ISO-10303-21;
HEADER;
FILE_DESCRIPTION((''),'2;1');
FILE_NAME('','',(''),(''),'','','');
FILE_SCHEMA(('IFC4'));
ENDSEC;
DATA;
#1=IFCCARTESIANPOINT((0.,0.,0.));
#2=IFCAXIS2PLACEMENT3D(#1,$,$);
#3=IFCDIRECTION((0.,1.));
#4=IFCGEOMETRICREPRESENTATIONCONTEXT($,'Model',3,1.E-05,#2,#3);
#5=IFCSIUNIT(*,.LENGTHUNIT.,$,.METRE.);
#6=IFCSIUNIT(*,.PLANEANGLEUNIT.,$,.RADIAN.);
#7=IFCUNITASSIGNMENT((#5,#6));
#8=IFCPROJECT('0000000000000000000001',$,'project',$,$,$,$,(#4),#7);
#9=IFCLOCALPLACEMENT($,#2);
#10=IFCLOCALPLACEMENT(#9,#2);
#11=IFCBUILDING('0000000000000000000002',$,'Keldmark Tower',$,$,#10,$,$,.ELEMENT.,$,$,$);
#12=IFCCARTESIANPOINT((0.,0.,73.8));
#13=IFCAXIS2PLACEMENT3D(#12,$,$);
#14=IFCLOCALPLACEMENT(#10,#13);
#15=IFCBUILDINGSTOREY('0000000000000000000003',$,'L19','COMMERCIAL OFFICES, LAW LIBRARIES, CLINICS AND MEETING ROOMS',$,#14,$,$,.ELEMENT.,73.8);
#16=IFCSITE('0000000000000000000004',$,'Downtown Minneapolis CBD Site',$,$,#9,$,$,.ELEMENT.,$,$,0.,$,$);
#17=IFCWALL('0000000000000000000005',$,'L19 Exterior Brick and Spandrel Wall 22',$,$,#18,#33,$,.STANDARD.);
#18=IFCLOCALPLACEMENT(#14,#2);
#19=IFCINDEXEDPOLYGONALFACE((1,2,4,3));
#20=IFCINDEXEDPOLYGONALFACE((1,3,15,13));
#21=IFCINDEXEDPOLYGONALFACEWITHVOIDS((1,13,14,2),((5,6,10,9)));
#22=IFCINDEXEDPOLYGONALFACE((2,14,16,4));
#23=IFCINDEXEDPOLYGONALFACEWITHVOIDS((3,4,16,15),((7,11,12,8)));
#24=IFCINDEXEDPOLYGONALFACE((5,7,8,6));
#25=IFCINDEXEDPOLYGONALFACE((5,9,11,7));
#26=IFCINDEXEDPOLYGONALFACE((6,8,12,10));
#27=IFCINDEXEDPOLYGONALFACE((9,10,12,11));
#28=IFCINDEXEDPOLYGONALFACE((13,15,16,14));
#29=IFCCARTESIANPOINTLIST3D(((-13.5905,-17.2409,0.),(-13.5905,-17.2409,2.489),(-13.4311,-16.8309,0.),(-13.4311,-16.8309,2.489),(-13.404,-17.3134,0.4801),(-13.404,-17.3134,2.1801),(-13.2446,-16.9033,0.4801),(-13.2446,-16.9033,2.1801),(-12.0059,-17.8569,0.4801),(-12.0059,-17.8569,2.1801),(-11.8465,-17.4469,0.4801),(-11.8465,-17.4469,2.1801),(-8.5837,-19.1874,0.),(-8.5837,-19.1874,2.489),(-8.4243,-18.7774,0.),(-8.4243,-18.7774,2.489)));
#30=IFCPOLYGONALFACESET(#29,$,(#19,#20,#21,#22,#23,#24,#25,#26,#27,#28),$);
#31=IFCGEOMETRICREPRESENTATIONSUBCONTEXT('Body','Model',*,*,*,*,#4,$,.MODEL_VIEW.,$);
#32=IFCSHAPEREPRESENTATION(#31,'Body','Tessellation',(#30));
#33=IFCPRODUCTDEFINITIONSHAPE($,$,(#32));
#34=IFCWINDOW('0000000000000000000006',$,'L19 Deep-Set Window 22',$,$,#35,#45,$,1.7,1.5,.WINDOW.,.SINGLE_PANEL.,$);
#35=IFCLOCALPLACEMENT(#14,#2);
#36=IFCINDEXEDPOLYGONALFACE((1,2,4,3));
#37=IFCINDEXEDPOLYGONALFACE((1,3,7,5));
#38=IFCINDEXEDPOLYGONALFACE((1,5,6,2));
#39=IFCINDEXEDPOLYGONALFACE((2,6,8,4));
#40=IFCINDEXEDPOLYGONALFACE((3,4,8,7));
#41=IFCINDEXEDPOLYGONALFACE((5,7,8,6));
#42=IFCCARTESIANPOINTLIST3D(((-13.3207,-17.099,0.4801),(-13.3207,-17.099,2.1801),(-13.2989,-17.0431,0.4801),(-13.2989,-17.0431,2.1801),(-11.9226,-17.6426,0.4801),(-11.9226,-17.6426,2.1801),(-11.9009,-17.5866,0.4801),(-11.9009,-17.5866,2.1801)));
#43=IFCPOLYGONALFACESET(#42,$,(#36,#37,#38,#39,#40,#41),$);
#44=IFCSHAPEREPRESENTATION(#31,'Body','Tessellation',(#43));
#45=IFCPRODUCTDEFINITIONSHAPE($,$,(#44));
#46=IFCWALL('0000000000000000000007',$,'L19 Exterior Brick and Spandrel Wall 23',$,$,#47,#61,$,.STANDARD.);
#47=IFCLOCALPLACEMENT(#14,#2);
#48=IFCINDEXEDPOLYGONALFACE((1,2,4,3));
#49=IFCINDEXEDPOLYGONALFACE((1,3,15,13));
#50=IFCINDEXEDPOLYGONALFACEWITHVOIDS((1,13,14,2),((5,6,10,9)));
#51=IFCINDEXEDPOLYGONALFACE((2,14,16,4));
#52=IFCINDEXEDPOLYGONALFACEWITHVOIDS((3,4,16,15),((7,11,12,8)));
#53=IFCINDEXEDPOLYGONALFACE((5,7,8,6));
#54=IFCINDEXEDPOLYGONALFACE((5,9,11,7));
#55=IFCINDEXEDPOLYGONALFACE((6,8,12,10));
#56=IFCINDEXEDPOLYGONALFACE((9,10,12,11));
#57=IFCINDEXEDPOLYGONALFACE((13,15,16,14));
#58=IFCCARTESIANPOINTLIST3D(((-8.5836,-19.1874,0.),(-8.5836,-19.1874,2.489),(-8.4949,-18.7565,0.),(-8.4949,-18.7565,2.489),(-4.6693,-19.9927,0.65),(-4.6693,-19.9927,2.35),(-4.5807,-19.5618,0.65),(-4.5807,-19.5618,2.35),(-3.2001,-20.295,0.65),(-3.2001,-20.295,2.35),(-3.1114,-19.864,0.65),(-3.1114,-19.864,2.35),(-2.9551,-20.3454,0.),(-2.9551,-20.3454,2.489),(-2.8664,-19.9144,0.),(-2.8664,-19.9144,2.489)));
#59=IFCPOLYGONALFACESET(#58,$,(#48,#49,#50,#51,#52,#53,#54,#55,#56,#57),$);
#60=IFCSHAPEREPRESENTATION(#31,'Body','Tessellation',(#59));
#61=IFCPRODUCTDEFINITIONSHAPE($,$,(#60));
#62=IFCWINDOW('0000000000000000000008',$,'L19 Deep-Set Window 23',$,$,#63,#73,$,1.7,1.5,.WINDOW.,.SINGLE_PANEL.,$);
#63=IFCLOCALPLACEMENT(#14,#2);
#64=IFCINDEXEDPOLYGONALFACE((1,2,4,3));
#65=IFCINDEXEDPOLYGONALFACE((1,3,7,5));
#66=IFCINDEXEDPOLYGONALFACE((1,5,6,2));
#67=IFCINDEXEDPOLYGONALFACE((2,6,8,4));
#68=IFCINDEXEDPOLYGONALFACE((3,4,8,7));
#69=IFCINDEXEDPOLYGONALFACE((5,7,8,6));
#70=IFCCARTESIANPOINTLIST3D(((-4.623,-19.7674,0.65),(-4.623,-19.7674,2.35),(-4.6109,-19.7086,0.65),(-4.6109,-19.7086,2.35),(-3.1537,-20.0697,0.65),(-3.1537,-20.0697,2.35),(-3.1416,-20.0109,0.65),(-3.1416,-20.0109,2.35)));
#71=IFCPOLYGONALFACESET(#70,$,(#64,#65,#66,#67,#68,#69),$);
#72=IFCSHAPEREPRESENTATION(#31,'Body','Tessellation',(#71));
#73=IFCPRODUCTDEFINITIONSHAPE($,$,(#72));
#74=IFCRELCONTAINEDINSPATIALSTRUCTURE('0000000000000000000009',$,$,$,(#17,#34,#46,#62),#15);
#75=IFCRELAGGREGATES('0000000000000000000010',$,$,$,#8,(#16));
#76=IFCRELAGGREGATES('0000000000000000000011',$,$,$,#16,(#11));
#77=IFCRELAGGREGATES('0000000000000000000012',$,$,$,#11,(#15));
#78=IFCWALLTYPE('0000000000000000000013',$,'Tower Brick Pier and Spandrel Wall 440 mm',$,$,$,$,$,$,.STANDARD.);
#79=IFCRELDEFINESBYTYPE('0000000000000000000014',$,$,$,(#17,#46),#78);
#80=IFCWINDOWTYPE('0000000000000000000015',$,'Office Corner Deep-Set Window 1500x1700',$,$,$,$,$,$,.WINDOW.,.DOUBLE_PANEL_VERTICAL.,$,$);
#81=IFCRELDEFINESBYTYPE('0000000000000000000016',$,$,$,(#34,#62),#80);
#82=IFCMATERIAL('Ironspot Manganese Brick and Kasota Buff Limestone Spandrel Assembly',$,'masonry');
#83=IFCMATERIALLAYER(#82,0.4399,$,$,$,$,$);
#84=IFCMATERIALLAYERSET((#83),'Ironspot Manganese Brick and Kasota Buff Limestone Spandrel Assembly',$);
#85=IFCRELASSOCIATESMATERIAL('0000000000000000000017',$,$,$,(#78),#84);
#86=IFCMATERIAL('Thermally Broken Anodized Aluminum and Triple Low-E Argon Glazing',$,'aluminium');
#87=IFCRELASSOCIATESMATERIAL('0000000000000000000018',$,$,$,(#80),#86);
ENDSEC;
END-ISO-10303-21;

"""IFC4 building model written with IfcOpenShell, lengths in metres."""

from ifc_helpers import new_model, si_unit, direction, frame, frame_2d, origin, place, context, subcontext, project, spatial, rectangle, extrude, material, layer, layer_set, type_object, element, fill, save


model = new_model("IFC4")

# Units and contexts
model_context = context("Model", 3, precision=1e-05, world=origin(), true_north=direction((0.0, 1.0)))
body_context = subcontext(model_context, "Body", "Model", "MODEL_VIEW")
ifc_project = project(units=[si_unit("LENGTHUNIT", "METRE"), si_unit("PLANEANGLEUNIT", "RADIAN")], contexts=[model_context])

# Site, building, storey
site_placement = place(None, origin())
site = spatial("IfcSite", under=ifc_project, at=site_placement, Name="Downtown Minneapolis CBD Site", CompositionType="ELEMENT", RefElevation=0.0)
building_placement = place(site_placement, origin())
building = spatial("IfcBuilding", under=site, at=building_placement, Name="Keldmark Tower", CompositionType="ELEMENT")
storey_placement = place(building_placement, frame((0.0, 0.0, 73.8)))
storey = spatial("IfcBuildingStorey", under=building, at=storey_placement, Name="L19", Description="COMMERCIAL OFFICES, LAW LIBRARIES, CLINICS AND MEETING ROOMS", CompositionType="ELEMENT", Elevation=73.8)

# Walls, openings, windows
ifc_material_1 = material(Name="Ironspot Manganese Brick and Kasota Buff Limestone Spandrel Assembly", Category="masonry")
ifc_layer_1 = layer(ifc_material_1, 0.4399)
ifc_layer_set_1 = layer_set([ifc_layer_1], Name="Ironspot Manganese Brick and Kasota Buff Limestone Spandrel Assembly")
wall_type_1 = type_object("IfcWallType", Name="Tower Brick Pier and Spandrel Wall 440 mm", PredefinedType="STANDARD", material=ifc_layer_set_1)
wall_1_placement = place(storey_placement, frame((-8.5039, -18.9824, 0.0), z_axis=(0.0, 0.0, 1.0), x_axis=(-0.93204, 0.362354, 0.0)))
wall_1 = element("IfcWall", 1, at=wall_1_placement, inside=storey, type_object=wall_type_1, Name="L19 Exterior Brick and Spandrel Wall 22", PredefinedType="STANDARD", context=body_context, shape_type="SweptSolid", body=[
    extrude(rectangle(XDim=5.3718, YDim=0.4399, at=frame_2d((2.686, 0.0))), origin(), (0.0, 0.0, 1.0), 2.489),
])
opening_1_placement = place(wall_1_placement, frame((3.6719, 0.0, 0.48)))
opening_1 = element("IfcOpeningElement", 2, at=opening_1_placement, cuts=wall_1, PredefinedType="OPENING", context=body_context, shape_type="SweptSolid", body=[
    extrude(rectangle(XDim=1.5, YDim=1.7, at=frame_2d((0.75, 0.8501))), frame((0.0, 0.23, 0.0), z_axis=(0.0, -1.0, 0.0), x_axis=(1.0, 0.0, 0.0)), (0.0, 0.0, 1.0), 0.46),
])
ifc_material_2 = material(Name="Thermally Broken Anodized Aluminum and Triple Low-E Argon Glazing", Category="aluminium")
window_type_1 = type_object("IfcWindowType", Name="Office Corner Deep-Set Window 1500x1700", PartitioningType="DOUBLE_PANEL_VERTICAL", PredefinedType="WINDOW", material=ifc_material_2)
window_1_placement = place(opening_1_placement, origin())
window_1 = element("IfcWindow", 3, at=window_1_placement, inside=storey, type_object=window_type_1, Name="L19 Deep-Set Window 22", OverallHeight=1.7, OverallWidth=1.5, PartitioningType="SINGLE_PANEL", PredefinedType="WINDOW", context=body_context, shape_type="SweptSolid", body=[
    extrude(rectangle(XDim=1.5, YDim=1.7, at=frame_2d((0.75, 0.8501))), frame((0.0, -0.01, 0.0), z_axis=(0.0, -1.0, 0.0), x_axis=(1.0, 0.0, 0.0)), (0.0, 0.0, 1.0), 0.0601),
])
fill(opening_1, window_1)
wall_2_placement = place(storey_placement, frame((-2.9109, -20.1299, 0.0), z_axis=(0.0, 0.0, 1.0), x_axis=(-0.979486, 0.201514, 0.0)))
wall_2 = element("IfcWall", 4, at=wall_2_placement, inside=storey, type_object=wall_type_1, Name="L19 Exterior Brick and Spandrel Wall 23", PredefinedType="STANDARD", context=body_context, shape_type="SweptSolid", body=[
    extrude(rectangle(XDim=5.7463, YDim=0.4399, at=frame_2d((2.873, 0.0))), origin(), (0.0, 0.0, 1.0), 2.489),
])
opening_2_placement = place(wall_2_placement, frame((0.25, 0.0, 0.6499)))
opening_2 = element("IfcOpeningElement", 5, at=opening_2_placement, cuts=wall_2, PredefinedType="OPENING", context=body_context, shape_type="SweptSolid", body=[
    extrude(rectangle(XDim=1.5, YDim=1.7, at=frame_2d((0.75, 0.8501))), frame((0.0, 0.23, 0.0), z_axis=(0.0, -1.0, 0.0), x_axis=(1.0, 0.0, 0.0)), (0.0, 0.0, 1.0), 0.46),
])
window_2_placement = place(opening_2_placement, origin())
window_2 = element("IfcWindow", 6, at=window_2_placement, inside=storey, type_object=window_type_1, Name="L19 Deep-Set Window 23", OverallHeight=1.7, OverallWidth=1.5, PartitioningType="SINGLE_PANEL", PredefinedType="WINDOW", context=body_context, shape_type="SweptSolid", body=[
    extrude(rectangle(XDim=1.5, YDim=1.7, at=frame_2d((0.75, 0.8501))), frame((0.0, -0.01, 0.0), z_axis=(0.0, -1.0, 0.0), x_axis=(1.0, 0.0, 0.0)), (0.0, 0.0, 1.0), 0.0601),
])
fill(opening_2, window_2)

save(model, "model.ifc")
